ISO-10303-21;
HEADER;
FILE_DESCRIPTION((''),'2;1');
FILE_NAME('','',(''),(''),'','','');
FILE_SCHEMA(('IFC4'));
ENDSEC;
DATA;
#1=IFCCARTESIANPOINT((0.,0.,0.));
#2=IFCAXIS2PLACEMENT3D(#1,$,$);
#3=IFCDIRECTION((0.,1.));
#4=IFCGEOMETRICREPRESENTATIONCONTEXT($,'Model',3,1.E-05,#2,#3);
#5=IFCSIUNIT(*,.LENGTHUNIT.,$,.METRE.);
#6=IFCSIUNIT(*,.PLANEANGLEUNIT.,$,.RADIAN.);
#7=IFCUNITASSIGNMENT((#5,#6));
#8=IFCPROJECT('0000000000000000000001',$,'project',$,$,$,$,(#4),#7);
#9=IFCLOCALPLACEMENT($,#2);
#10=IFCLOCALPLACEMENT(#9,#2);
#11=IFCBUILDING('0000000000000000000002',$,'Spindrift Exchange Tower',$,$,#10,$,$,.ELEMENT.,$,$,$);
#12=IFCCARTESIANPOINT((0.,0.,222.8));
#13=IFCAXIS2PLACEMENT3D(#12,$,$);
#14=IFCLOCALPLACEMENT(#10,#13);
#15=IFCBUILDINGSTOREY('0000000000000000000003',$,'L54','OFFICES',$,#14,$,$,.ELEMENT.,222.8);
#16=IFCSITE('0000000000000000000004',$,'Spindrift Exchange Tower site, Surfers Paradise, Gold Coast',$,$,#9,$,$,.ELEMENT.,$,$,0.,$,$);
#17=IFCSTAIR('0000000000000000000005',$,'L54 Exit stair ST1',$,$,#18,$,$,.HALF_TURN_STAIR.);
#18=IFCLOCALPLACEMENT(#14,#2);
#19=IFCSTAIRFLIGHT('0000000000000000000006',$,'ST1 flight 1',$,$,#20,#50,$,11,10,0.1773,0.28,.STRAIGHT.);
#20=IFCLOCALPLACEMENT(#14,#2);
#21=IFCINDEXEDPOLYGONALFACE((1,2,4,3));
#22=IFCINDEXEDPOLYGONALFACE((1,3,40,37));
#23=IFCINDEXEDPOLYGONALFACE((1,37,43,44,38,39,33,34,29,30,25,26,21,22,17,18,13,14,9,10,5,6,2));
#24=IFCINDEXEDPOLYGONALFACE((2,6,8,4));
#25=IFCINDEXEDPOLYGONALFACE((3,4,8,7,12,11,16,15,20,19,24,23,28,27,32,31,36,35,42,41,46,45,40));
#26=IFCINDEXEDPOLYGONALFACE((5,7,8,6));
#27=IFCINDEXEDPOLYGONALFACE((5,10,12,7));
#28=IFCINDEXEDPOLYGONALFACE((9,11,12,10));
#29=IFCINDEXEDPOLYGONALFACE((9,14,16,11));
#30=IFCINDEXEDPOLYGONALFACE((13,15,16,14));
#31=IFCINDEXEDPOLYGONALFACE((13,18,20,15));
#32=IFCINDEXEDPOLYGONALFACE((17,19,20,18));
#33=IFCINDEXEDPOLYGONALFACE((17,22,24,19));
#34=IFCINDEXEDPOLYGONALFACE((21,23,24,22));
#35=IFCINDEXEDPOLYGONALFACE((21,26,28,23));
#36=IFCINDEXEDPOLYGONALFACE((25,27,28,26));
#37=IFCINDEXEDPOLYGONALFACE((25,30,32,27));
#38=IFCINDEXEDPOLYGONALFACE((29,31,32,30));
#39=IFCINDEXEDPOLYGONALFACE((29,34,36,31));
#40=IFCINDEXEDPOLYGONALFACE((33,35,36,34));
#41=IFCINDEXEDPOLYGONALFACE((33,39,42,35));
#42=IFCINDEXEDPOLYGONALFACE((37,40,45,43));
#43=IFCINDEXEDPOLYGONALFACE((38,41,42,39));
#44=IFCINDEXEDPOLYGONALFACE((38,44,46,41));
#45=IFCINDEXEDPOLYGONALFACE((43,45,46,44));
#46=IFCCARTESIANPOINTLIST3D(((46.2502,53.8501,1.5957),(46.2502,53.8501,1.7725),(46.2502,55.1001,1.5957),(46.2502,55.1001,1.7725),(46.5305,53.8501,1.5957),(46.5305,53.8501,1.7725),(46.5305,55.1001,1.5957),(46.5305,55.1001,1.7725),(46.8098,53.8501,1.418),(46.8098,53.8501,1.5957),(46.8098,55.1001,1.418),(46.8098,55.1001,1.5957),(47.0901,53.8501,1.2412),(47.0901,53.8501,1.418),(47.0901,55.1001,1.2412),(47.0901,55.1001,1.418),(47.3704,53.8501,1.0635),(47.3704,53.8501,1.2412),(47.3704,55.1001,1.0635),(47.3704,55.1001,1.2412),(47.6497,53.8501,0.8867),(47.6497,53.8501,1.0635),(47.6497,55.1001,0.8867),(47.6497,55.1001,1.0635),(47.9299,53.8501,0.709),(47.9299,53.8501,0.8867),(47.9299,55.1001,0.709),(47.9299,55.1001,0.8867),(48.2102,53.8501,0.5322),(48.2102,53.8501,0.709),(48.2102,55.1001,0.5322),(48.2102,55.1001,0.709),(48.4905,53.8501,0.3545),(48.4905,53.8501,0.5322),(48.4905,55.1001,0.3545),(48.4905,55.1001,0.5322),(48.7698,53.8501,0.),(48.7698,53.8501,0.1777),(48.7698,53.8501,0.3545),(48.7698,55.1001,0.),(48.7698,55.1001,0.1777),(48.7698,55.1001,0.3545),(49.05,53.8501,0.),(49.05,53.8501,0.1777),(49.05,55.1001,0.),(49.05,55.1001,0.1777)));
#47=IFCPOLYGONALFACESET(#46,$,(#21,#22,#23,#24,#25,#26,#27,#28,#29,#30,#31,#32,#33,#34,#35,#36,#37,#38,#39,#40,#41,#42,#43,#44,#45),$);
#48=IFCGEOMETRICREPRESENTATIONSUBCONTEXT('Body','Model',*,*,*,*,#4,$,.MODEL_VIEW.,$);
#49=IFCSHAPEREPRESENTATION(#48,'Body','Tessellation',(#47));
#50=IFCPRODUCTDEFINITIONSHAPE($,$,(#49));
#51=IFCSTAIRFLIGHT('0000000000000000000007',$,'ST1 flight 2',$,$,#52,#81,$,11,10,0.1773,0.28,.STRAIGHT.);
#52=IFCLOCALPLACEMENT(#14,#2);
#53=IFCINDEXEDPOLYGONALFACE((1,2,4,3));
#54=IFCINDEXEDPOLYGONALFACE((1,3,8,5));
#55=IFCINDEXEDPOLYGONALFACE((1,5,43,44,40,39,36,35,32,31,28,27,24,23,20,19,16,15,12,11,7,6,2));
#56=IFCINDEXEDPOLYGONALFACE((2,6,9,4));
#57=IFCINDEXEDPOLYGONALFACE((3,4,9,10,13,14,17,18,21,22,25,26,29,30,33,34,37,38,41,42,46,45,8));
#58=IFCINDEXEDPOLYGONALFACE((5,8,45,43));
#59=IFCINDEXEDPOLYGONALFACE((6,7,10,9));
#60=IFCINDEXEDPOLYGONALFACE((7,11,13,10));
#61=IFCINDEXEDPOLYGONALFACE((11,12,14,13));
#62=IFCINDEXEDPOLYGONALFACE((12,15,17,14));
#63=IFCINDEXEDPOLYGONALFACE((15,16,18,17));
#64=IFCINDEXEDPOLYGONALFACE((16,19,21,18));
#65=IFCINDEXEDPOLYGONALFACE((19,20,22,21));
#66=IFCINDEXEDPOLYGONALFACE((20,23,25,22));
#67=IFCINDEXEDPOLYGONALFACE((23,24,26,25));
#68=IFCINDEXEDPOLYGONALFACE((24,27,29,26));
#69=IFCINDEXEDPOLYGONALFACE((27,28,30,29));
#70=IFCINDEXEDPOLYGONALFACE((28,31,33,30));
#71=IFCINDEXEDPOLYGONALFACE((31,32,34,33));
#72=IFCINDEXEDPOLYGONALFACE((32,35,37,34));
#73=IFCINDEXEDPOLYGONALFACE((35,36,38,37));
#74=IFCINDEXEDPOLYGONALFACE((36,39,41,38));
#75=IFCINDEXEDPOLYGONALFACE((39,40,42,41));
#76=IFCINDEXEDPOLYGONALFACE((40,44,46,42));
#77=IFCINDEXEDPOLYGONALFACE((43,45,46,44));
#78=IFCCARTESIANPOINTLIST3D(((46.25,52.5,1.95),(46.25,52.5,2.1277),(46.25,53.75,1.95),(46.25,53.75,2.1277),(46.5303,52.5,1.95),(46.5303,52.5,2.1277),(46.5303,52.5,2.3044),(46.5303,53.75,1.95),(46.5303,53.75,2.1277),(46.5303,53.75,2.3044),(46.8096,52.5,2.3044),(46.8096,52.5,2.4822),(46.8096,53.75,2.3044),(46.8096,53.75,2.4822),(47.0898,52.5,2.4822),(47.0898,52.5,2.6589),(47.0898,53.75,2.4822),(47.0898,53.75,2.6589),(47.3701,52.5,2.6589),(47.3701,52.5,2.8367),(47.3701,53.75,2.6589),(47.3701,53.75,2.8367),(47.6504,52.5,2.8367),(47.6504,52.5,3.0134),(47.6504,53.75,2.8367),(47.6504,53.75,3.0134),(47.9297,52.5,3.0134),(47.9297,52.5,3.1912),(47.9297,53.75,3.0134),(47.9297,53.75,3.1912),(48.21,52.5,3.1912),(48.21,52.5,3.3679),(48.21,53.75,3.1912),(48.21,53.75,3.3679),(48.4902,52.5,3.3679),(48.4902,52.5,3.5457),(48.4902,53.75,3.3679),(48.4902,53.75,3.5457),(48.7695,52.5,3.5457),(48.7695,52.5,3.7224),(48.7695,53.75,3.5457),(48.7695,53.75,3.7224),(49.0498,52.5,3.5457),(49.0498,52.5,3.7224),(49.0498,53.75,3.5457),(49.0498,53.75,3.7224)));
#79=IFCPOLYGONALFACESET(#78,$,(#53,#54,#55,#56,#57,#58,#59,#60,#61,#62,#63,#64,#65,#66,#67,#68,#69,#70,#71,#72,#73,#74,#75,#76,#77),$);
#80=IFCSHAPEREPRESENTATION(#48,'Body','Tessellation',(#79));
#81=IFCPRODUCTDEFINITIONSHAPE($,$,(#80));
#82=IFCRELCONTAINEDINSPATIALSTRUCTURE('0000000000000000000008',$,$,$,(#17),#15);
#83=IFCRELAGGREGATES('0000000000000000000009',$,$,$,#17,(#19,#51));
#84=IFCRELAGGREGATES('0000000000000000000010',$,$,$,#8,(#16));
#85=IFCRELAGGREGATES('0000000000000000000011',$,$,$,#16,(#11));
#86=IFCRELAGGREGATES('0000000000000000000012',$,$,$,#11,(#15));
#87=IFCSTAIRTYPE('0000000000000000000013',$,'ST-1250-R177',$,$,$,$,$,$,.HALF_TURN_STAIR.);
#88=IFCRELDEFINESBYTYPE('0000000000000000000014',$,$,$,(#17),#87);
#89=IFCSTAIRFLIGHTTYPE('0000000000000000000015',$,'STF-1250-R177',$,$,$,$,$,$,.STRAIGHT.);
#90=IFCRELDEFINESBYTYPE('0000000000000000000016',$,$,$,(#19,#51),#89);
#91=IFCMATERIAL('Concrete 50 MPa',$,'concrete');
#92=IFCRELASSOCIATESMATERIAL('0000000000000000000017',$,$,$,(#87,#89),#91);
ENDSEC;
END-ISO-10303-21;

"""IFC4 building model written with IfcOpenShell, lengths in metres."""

from ifc_helpers import new_model, si_unit, direction, frame, origin, place, context, subcontext, project, spatial, line, indexed_curve, outline, extrude, material, type_object, element, aggregate, save


model = new_model("IFC4")

# Units and contexts
model_context = context("Model", 3, precision=1e-05, world=origin(), true_north=direction((0.0, 1.0)))
body_context = subcontext(model_context, "Body", "Model", "MODEL_VIEW")
ifc_project = project(units=[si_unit("LENGTHUNIT", "METRE"), si_unit("PLANEANGLEUNIT", "RADIAN")], contexts=[model_context])

# Site, building, storey
site_placement = place(None, origin())
site = spatial("IfcSite", under=ifc_project, at=site_placement, Name="Spindrift Exchange Tower site, Surfers Paradise, Gold Coast", CompositionType="ELEMENT", RefElevation=0.0)
building_placement = place(site_placement, origin())
building = spatial("IfcBuilding", under=site, at=building_placement, Name="Spindrift Exchange Tower", CompositionType="ELEMENT")
storey_placement = place(building_placement, frame((0.0, 0.0, 222.8)))
storey = spatial("IfcBuildingStorey", under=building, at=storey_placement, Name="L54", Description="OFFICES", CompositionType="ELEMENT", Elevation=222.8)

# Shared definitions
ifc_material_1 = material(Name="Concrete 50 MPa", Category="concrete")

# Stair, stair flights
stair_type = type_object("IfcStairType", Name="ST-1250-R177", PredefinedType="HALF_TURN_STAIR", material=ifc_material_1)
stair_placement = place(storey_placement, origin())
stair = element("IfcStair", 1, at=stair_placement, inside=storey, type_object=stair_type, Name="L54 Exit stair ST1", PredefinedType="HALF_TURN_STAIR")
stair_flight_type = type_object("IfcStairFlightType", Name="STF-1250-R177", PredefinedType="STRAIGHT", material=ifc_material_1)
stair_flight_1_placement = place(storey_placement, frame((49.05, 54.4751, 0.0), z_axis=(0.0, 0.0, 1.0), x_axis=(-1.0, 0.0, 0.0)))
stair_flight_1 = element("IfcStairFlight", 2, at=stair_flight_1_placement, type_object=stair_flight_type, Name="ST1 flight 1", NumberOfRisers=11, NumberOfTreads=10, PredefinedType="STRAIGHT", RiserHeight=0.1773, TreadLength=0.28, context=body_context, shape_type="SweptSolid", body=[
    extrude(outline(indexed_curve([(0.0, 0.0), (0.0, 0.1777), (0.2803, 0.1777), (0.2803, 0.3545), (0.5596, 0.3545), (0.5596, 0.5322), (0.8398, 0.5322), (0.8398, 0.709), (1.1201, 0.709), (1.1201, 0.8867), (1.4004, 0.8867), (1.4004, 1.0635), (1.6797, 1.0635), (1.6797, 1.2412), (1.96, 1.2412), (1.96, 1.418), (2.2402, 1.418), (2.2402, 1.5957), (2.5195, 1.5957), (2.5195, 1.7725), (2.7998, 1.7725), (2.7998, 1.9502), (2.7998, 1.5957), (0.2803, 0.0)], segments=[line(1, 2, 3, 4, 5, 6, 7, 8, 9, 10, 11, 12, 13, 14, 15, 16, 17, 18, 19, 20, 21, 22, 23, 24, 1)], self_intersect=False)), frame((0.0, 0.625, 0.0), z_axis=(0.0, -1.0, 0.0), x_axis=(1.0, 0.0, 0.0)), (0.0, 0.0, 1.0), 1.25),
])
stair_flight_2_placement = place(storey_placement, frame((46.25, 53.125, 1.95), z_axis=(0.0, 0.0, 1.0), x_axis=(1.0, 0.0, 0.0)))
stair_flight_2 = element("IfcStairFlight", 3, at=stair_flight_2_placement, type_object=stair_flight_type, Name="ST1 flight 2", NumberOfRisers=11, NumberOfTreads=10, PredefinedType="STRAIGHT", RiserHeight=0.1773, TreadLength=0.28, context=body_context, shape_type="SweptSolid", body=[
    extrude(outline(indexed_curve([(0.0, 0.0), (0.0, 0.1777), (0.2803, 0.1777), (0.2803, 0.3545), (0.5596, 0.3545), (0.5596, 0.5322), (0.8398, 0.5322), (0.8398, 0.709), (1.1201, 0.709), (1.1201, 0.8867), (1.4004, 0.8867), (1.4004, 1.0635), (1.6797, 1.0635), (1.6797, 1.2412), (1.96, 1.2412), (1.96, 1.418), (2.2402, 1.418), (2.2402, 1.5957), (2.5195, 1.5957), (2.5195, 1.7725), (2.7998, 1.7725), (2.7998, 1.9502), (2.7998, 1.5957), (0.2803, 0.0)], segments=[line(1, 2, 3, 4, 5, 6, 7, 8, 9, 10, 11, 12, 13, 14, 15, 16, 17, 18, 19, 20, 21, 22, 23, 24, 1)], self_intersect=False)), frame((0.0, 0.625, 0.0), z_axis=(0.0, -1.0, 0.0), x_axis=(1.0, 0.0, 0.0)), (0.0, 0.0, 1.0), 1.25),
])
aggregate(stair, [stair_flight_1, stair_flight_2])

save(model, "model.ifc")
